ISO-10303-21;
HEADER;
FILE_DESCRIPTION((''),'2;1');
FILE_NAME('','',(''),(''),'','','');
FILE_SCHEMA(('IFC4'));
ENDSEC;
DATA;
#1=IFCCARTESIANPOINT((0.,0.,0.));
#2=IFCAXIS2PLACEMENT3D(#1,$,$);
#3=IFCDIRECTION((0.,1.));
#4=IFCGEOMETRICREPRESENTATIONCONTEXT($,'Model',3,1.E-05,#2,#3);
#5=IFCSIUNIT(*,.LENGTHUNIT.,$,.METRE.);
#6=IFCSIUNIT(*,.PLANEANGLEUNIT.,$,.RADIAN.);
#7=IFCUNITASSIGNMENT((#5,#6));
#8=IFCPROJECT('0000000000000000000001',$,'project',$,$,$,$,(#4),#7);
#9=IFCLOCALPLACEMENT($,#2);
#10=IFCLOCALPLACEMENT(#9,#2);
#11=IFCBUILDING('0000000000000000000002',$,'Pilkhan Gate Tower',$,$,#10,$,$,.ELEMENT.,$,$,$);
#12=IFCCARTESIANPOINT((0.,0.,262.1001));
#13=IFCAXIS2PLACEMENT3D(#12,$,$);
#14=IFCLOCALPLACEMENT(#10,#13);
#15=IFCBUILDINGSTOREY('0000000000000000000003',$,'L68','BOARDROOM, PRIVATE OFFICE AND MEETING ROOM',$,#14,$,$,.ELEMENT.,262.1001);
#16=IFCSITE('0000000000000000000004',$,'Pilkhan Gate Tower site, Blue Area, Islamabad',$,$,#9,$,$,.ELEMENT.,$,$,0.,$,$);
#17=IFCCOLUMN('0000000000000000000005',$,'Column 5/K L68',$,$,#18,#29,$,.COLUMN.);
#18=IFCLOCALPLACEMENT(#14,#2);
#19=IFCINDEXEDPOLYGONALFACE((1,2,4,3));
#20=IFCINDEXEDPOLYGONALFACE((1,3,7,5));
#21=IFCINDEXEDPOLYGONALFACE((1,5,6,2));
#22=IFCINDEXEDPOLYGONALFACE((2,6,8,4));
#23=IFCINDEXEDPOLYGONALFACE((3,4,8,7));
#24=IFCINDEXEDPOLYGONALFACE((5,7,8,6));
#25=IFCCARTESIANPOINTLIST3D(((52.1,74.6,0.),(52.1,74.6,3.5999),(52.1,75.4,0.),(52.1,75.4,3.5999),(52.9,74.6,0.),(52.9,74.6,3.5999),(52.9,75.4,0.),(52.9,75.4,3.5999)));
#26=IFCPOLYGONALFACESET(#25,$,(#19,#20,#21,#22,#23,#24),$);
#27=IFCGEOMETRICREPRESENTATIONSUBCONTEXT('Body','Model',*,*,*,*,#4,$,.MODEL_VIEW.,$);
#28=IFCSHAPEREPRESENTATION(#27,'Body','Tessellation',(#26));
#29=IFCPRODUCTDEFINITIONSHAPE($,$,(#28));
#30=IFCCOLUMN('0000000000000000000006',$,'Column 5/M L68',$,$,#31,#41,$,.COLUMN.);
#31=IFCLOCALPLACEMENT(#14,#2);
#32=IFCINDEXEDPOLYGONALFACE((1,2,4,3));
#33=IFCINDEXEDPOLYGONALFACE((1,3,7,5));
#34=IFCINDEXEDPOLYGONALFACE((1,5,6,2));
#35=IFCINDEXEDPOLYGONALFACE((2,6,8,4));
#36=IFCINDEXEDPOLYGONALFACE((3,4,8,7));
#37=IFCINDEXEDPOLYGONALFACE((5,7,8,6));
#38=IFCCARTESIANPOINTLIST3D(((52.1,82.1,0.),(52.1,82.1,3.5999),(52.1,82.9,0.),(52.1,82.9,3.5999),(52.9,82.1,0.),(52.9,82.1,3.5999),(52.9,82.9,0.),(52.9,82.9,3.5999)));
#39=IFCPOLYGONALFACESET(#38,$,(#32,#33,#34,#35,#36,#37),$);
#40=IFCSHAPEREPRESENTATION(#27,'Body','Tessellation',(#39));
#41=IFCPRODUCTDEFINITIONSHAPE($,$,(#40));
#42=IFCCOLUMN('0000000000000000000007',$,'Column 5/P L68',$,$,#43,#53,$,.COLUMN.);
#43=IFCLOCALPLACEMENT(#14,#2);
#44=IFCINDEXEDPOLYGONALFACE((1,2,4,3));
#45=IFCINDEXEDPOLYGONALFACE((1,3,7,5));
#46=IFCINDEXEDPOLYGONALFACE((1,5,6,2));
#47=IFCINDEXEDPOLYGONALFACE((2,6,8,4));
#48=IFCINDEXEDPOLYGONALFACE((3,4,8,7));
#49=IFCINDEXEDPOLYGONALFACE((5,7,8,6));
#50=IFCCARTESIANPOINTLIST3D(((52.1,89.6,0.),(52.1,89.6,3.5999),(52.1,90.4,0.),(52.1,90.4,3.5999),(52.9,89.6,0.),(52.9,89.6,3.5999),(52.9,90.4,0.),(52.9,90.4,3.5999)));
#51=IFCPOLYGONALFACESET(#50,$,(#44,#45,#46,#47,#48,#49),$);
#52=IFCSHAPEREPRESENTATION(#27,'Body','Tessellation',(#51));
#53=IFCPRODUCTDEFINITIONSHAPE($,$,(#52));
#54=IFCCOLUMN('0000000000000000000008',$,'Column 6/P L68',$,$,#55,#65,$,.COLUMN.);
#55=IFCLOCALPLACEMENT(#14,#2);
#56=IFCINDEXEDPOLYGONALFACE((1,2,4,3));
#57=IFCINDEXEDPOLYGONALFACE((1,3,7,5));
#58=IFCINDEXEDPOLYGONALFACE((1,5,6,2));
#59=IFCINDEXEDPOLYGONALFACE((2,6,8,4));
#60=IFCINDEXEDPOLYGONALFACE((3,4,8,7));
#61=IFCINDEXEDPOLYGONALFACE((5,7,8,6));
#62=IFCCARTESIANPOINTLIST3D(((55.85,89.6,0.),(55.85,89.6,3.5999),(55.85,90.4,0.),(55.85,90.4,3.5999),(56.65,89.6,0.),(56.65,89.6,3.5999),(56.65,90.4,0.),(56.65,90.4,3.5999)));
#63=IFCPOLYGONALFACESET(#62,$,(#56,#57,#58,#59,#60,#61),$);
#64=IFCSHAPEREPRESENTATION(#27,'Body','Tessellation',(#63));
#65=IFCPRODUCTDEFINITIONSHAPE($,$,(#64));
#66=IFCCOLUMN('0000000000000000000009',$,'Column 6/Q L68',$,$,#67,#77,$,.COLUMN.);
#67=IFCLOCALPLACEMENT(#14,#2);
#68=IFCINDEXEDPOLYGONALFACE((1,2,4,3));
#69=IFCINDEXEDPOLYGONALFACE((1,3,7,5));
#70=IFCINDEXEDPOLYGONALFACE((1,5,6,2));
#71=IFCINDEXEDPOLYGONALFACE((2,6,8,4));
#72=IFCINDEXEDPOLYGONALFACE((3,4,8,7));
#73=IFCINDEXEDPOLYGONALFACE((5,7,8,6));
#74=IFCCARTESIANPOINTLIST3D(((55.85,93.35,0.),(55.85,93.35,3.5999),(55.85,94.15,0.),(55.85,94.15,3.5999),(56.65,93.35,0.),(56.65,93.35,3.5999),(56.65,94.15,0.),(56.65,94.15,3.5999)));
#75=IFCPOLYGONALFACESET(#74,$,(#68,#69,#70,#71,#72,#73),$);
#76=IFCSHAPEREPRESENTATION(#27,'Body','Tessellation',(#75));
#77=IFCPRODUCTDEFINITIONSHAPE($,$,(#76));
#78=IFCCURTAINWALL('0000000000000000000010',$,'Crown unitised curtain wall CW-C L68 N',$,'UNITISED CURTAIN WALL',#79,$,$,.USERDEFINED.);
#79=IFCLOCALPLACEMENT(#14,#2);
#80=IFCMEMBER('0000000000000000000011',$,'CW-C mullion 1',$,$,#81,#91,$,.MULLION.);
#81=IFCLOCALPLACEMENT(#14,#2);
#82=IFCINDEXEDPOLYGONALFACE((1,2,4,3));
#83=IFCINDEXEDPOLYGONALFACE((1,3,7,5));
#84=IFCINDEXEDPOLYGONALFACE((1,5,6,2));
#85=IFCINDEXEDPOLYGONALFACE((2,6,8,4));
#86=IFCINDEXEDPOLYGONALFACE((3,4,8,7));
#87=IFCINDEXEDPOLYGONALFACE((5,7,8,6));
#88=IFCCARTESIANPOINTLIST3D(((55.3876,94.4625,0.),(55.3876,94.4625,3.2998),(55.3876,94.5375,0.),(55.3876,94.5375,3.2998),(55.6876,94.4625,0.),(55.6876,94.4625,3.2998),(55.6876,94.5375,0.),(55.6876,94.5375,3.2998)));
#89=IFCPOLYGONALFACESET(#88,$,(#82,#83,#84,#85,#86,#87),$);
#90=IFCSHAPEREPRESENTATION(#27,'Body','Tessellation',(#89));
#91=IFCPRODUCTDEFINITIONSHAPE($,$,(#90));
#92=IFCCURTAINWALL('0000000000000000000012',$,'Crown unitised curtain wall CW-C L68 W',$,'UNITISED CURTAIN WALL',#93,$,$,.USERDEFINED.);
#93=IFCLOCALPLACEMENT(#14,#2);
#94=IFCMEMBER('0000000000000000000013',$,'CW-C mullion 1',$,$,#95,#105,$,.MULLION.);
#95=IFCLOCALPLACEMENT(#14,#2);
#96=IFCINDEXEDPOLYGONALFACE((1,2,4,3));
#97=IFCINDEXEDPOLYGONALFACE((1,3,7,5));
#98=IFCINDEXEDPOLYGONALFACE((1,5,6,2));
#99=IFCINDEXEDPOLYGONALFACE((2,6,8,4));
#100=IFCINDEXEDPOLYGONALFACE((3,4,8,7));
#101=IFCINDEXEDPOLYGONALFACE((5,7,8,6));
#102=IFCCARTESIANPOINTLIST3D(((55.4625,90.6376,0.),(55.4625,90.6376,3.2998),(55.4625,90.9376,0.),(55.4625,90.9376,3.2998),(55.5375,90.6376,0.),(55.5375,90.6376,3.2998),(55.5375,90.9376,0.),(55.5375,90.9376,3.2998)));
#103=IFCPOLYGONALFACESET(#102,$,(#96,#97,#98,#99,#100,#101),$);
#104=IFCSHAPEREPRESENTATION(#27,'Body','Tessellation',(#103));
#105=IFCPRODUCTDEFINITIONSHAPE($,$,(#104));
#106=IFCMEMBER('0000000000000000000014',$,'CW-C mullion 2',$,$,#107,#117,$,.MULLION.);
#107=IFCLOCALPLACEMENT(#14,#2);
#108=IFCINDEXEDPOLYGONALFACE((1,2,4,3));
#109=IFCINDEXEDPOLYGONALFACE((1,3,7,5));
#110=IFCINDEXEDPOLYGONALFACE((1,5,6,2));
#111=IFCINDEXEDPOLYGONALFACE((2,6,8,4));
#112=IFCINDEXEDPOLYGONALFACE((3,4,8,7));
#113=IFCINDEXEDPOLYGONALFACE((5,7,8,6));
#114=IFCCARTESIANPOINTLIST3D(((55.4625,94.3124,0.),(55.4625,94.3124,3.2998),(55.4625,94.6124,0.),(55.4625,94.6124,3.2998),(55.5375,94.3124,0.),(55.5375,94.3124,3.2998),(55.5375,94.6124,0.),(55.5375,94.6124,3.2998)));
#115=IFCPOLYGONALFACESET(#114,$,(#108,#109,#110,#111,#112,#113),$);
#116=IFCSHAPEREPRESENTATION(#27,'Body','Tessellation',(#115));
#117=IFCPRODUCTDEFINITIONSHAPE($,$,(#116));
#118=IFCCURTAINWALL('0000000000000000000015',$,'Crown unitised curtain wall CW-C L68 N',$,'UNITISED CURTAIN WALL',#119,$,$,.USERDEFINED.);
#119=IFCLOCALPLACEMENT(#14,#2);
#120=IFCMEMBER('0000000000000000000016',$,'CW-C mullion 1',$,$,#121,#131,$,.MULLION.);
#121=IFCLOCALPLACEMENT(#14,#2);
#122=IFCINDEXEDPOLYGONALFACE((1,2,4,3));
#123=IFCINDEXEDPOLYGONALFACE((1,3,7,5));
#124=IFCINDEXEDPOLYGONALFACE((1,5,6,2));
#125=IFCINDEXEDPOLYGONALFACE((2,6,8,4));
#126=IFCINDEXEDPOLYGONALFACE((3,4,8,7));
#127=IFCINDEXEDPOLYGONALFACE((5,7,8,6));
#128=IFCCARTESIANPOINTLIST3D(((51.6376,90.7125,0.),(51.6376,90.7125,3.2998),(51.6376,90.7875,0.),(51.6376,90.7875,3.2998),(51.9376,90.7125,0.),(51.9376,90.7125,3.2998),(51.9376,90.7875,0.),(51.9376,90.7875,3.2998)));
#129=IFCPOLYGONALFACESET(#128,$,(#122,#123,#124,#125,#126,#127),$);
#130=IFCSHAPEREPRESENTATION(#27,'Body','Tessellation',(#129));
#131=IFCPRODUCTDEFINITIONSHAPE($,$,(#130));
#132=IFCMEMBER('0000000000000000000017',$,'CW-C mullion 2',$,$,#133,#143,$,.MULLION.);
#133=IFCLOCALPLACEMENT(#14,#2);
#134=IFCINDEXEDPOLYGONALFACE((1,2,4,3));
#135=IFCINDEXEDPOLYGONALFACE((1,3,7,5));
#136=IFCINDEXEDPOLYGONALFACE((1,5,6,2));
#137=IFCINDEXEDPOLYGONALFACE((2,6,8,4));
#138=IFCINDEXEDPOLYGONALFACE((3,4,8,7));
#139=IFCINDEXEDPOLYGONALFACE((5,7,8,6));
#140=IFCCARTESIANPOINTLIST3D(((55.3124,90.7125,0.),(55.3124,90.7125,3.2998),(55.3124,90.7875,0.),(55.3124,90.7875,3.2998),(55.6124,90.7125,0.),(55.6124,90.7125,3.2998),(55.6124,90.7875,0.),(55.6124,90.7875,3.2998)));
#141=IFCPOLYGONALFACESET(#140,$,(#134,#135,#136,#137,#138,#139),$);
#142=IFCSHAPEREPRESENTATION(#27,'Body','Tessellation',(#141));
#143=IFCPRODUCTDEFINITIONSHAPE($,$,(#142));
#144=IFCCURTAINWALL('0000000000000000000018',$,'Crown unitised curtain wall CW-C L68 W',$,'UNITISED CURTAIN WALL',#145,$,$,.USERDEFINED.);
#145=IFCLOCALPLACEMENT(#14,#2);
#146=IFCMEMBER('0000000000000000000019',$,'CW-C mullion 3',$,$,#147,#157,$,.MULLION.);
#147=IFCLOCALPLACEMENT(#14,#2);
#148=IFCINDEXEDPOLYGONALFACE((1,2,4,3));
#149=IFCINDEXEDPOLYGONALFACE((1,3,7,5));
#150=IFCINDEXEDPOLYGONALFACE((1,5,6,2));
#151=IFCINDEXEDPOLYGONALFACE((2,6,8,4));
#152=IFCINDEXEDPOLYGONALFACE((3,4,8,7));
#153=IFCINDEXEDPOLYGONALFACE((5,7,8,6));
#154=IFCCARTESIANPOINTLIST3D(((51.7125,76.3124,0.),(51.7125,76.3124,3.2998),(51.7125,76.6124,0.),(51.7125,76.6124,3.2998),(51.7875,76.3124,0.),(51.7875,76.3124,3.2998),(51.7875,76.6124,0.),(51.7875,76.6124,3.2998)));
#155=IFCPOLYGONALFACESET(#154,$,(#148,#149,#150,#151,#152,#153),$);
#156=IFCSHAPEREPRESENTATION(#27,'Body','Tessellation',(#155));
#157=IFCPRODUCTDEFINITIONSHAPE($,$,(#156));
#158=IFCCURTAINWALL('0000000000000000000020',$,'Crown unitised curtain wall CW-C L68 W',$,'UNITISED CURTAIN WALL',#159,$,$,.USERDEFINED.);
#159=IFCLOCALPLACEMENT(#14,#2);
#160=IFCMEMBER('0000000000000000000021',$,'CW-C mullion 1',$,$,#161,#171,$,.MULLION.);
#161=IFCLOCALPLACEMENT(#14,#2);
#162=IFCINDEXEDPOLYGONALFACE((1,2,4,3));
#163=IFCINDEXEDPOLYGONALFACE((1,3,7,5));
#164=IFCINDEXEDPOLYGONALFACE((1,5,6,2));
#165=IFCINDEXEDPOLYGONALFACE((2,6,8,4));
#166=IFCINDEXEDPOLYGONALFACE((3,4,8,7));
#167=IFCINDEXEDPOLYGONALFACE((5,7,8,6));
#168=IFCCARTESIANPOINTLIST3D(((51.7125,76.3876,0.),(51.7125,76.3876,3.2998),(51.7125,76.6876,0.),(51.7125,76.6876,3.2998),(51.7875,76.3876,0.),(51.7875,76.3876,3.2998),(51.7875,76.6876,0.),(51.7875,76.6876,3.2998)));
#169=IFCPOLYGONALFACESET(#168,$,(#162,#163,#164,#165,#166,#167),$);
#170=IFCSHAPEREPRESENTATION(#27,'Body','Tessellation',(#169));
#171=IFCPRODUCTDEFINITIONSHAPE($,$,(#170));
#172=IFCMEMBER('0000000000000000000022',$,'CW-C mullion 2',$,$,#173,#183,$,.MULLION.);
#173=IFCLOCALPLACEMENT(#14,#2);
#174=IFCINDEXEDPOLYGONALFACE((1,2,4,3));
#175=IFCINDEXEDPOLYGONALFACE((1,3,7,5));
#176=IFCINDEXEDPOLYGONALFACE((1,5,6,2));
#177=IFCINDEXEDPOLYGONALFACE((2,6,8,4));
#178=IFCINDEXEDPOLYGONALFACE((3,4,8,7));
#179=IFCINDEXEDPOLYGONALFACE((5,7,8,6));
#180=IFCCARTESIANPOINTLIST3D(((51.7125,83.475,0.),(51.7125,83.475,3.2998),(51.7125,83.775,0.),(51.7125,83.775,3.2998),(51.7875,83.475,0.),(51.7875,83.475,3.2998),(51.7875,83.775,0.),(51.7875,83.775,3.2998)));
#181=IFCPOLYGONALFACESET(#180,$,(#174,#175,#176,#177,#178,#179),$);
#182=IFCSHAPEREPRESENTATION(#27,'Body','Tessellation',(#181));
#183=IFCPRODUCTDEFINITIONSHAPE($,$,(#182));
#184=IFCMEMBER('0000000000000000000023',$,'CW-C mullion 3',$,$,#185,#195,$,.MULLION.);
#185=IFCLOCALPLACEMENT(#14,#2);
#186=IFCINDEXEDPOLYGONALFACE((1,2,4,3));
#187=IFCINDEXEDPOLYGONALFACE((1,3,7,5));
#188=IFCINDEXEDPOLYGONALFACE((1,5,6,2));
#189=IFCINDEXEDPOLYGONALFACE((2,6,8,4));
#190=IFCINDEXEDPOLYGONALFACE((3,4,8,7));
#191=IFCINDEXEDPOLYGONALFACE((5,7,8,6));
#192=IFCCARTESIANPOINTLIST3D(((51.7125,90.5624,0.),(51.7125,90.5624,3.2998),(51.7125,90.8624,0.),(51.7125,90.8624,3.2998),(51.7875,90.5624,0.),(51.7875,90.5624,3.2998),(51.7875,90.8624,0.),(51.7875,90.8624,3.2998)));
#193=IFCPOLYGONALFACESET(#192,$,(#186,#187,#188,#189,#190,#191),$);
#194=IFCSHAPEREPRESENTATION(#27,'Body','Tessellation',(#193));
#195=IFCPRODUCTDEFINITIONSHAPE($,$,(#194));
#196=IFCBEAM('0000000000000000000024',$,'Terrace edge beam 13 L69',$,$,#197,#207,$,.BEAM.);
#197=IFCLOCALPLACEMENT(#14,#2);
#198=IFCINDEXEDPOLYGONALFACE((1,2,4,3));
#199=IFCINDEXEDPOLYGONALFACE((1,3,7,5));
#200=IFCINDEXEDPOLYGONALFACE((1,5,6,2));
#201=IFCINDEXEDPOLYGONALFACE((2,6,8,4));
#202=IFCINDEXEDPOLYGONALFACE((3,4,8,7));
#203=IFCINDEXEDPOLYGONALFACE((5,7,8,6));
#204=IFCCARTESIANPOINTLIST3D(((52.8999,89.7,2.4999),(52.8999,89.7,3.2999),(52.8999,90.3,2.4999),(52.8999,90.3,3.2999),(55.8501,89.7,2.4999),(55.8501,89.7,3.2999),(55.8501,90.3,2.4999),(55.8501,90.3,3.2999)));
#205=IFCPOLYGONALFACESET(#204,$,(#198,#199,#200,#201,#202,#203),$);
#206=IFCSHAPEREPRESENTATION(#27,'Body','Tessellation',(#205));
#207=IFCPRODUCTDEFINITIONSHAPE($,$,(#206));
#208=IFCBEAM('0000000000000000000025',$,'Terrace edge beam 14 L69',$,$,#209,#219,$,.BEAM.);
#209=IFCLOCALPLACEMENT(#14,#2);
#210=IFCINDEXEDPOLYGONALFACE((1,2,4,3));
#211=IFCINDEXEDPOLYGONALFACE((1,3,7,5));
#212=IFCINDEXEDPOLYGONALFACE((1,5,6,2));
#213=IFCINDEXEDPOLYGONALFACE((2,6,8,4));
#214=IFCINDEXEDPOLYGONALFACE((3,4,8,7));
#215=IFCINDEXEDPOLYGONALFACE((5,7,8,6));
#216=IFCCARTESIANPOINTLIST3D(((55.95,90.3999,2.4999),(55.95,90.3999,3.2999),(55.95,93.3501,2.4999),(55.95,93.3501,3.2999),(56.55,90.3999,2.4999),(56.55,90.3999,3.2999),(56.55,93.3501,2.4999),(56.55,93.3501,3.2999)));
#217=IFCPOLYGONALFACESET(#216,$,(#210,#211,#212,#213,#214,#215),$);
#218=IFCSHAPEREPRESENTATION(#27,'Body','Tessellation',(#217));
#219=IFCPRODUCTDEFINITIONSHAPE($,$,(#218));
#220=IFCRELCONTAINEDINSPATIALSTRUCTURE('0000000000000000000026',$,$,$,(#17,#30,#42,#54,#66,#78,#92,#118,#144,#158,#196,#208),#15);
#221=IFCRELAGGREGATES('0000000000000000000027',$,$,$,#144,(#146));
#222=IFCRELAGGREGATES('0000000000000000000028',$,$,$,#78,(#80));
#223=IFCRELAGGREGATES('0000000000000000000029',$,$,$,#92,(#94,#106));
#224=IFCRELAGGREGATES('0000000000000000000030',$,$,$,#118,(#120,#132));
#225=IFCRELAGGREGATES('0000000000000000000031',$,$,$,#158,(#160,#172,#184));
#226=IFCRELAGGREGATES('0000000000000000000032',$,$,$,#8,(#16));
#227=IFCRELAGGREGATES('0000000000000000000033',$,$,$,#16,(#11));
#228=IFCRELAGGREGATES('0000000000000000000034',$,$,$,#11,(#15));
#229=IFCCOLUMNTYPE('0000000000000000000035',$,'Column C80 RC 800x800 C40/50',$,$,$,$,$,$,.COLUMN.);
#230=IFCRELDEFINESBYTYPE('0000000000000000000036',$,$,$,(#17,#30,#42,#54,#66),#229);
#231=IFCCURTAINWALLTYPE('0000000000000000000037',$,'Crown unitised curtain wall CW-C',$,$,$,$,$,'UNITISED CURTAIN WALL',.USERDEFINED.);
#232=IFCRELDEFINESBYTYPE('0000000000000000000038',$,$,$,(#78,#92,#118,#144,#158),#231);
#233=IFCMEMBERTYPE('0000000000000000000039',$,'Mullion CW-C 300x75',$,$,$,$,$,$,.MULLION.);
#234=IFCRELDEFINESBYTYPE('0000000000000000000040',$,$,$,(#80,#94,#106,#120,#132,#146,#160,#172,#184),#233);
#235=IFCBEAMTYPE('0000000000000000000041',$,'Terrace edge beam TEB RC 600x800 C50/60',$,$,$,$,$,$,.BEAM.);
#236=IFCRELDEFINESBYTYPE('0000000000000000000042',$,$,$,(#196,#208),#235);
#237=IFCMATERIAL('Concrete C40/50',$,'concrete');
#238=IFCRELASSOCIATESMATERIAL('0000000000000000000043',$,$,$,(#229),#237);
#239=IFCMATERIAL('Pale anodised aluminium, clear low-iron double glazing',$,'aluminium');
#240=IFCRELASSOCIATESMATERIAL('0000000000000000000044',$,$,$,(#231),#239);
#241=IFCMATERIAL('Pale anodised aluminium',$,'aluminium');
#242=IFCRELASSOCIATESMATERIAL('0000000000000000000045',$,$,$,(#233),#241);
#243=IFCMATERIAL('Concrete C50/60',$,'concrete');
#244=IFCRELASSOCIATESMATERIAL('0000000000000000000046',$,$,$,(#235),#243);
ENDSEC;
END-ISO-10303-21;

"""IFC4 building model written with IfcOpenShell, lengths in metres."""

from ifc_helpers import new_model, si_unit, direction, frame, origin, origin_2d, place, context, subcontext, project, spatial, rectangle, extrude, material, material_profile, profile_set, type_object, element, aggregate, save


model = new_model("IFC4")

# Units and contexts
model_context = context("Model", 3, precision=1e-05, world=origin(), true_north=direction((0.0, 1.0)))
body_context = subcontext(model_context, "Body", "Model", "MODEL_VIEW")
ifc_project = project(units=[si_unit("LENGTHUNIT", "METRE"), si_unit("PLANEANGLEUNIT", "RADIAN")], contexts=[model_context])

# Site, building, storey
site_placement = place(None, origin())
site = spatial("IfcSite", under=ifc_project, at=site_placement, Name="Pilkhan Gate Tower site, Blue Area, Islamabad", CompositionType="ELEMENT", RefElevation=0.0)
building_placement = place(site_placement, origin())
building = spatial("IfcBuilding", under=site, at=building_placement, Name="Pilkhan Gate Tower", CompositionType="ELEMENT")
storey_placement = place(building_placement, frame((0.0, 0.0, 262.1001)))
storey = spatial("IfcBuildingStorey", under=building, at=storey_placement, Name="L68", Description="BOARDROOM, PRIVATE OFFICE AND MEETING ROOM", CompositionType="ELEMENT", Elevation=262.1001)

# Columns
ifc_material_1 = material(Name="Concrete C40/50", Category="concrete")
ifc_material_profile_1 = material_profile(ifc_material_1, rectangle(XDim=0.8, YDim=0.8, at=origin_2d()), Name="RC 800x800")
ifc_profile_set_1 = profile_set([ifc_material_profile_1], Name="Concrete C40/50")
column_type = type_object("IfcColumnType", Name="Column C80 RC 800x800 C40/50", PredefinedType="COLUMN", material=ifc_profile_set_1)
for number, where, z_axis, x_axis, name in (
    (1, (52.5, 75.0, 0.0), (0.0, 0.0, 1.0), (1.0, 0.0, 0.0), "Column 5/K L68"),
    (2, (52.5, 82.5, 0.0), (0.0, 0.0, 1.0), (1.0, 0.0, 0.0), "Column 5/M L68"),
    (3, (52.5, 90.0, 0.0), (0.0, 0.0, 1.0), (1.0, 0.0, 0.0), "Column 5/P L68"),
    (4, (56.25, 90.0, 0.0), (0.0, 0.0, 1.0), (1.0, 0.0, 0.0), "Column 6/P L68"),
    (5, (56.25, 93.75, 0.0), (0.0, 0.0, 1.0), (1.0, 0.0, 0.0), "Column 6/Q L68"),
):
    element("IfcColumn", number, at=place(storey_placement, frame(where, z_axis=z_axis, x_axis=x_axis)), inside=storey, type_object=column_type, Name=name, PredefinedType="COLUMN", context=body_context, shape_type="SweptSolid", body=[
        extrude(rectangle(XDim=0.8, YDim=0.8, at=origin_2d()), origin(), (0.0, 0.0, 1.0), 3.5999),
    ])

# Curtain wall, member
ifc_material_2 = material(Name="Pale anodised aluminium, clear low-iron double glazing", Category="aluminium")
curtain_wall_type = type_object("IfcCurtainWallType", Name="Crown unitised curtain wall CW-C", ElementType="UNITISED CURTAIN WALL", PredefinedType="USERDEFINED", material=ifc_material_2)
curtain_wall_1_placement = place(storey_placement, origin())
curtain_wall_1 = element("IfcCurtainWall", 6, at=curtain_wall_1_placement, inside=storey, type_object=curtain_wall_type, Name="Crown unitised curtain wall CW-C L68 N", ObjectType="UNITISED CURTAIN WALL", PredefinedType="USERDEFINED")
ifc_material_3 = material(Name="Pale anodised aluminium", Category="aluminium")
ifc_material_profile_2 = material_profile(ifc_material_3, rectangle(XDim=0.075, YDim=0.3, at=origin_2d()), Name="Mullion 300x75")
ifc_profile_set_2 = profile_set([ifc_material_profile_2], Name="Pale anodised aluminium")
member_type_1 = type_object("IfcMemberType", Name="Mullion CW-C 300x75", PredefinedType="MULLION", material=ifc_profile_set_2)
member_1_placement = place(storey_placement, frame((55.5376, 94.5, 0.0), z_axis=(0.0, 0.0, 1.0), x_axis=(0.0, 1.0, 0.0)))
member_1 = element("IfcMember", 7, at=member_1_placement, type_object=member_type_1, Name="CW-C mullion 1", PredefinedType="MULLION", context=body_context, shape_type="SweptSolid", body=[
    extrude(rectangle(XDim=0.075, YDim=0.3, at=origin_2d()), origin(), (0.0, 0.0, 1.0), 3.2998),
])

# Curtain walls, members
curtain_wall_2_placement = place(storey_placement, origin())
curtain_wall_2 = element("IfcCurtainWall", 8, at=curtain_wall_2_placement, inside=storey, type_object=curtain_wall_type, Name="Crown unitised curtain wall CW-C L68 W", ObjectType="UNITISED CURTAIN WALL", PredefinedType="USERDEFINED")
member_2_placement = place(storey_placement, frame((55.5, 90.7876, 0.0), z_axis=(0.0, 0.0, 1.0), x_axis=(-1.0, 0.0, 0.0)))
member_2 = element("IfcMember", 9, at=member_2_placement, type_object=member_type_1, Name="CW-C mullion 1", PredefinedType="MULLION", context=body_context, shape_type="SweptSolid", body=[
    extrude(rectangle(XDim=0.075, YDim=0.3, at=origin_2d()), origin(), (0.0, 0.0, 1.0), 3.2998),
])
member_3_placement = place(storey_placement, frame((55.5, 94.4624, 0.0), z_axis=(0.0, 0.0, 1.0), x_axis=(-1.0, 0.0, 0.0)))
member_3 = element("IfcMember", 10, at=member_3_placement, type_object=member_type_1, Name="CW-C mullion 2", PredefinedType="MULLION", context=body_context, shape_type="SweptSolid", body=[
    extrude(rectangle(XDim=0.075, YDim=0.3, at=origin_2d()), origin(), (0.0, 0.0, 1.0), 3.2998),
])
curtain_wall_3_placement = place(storey_placement, origin())
curtain_wall_3 = element("IfcCurtainWall", 11, at=curtain_wall_3_placement, inside=storey, type_object=curtain_wall_type, Name="Crown unitised curtain wall CW-C L68 N", ObjectType="UNITISED CURTAIN WALL", PredefinedType="USERDEFINED")
member_4_placement = place(storey_placement, frame((51.7876, 90.75, 0.0), z_axis=(0.0, 0.0, 1.0), x_axis=(0.0, 1.0, 0.0)))
member_4 = element("IfcMember", 12, at=member_4_placement, type_object=member_type_1, Name="CW-C mullion 1", PredefinedType="MULLION", context=body_context, shape_type="SweptSolid", body=[
    extrude(rectangle(XDim=0.075, YDim=0.3, at=origin_2d()), origin(), (0.0, 0.0, 1.0), 3.2998),
])
member_5_placement = place(storey_placement, frame((55.4624, 90.75, 0.0), z_axis=(0.0, 0.0, 1.0), x_axis=(0.0, 1.0, 0.0)))
member_5 = element("IfcMember", 13, at=member_5_placement, type_object=member_type_1, Name="CW-C mullion 2", PredefinedType="MULLION", context=body_context, shape_type="SweptSolid", body=[
    extrude(rectangle(XDim=0.075, YDim=0.3, at=origin_2d()), origin(), (0.0, 0.0, 1.0), 3.2998),
])

# Curtain wall, member
curtain_wall_4_placement = place(storey_placement, origin())
curtain_wall_4 = element("IfcCurtainWall", 14, at=curtain_wall_4_placement, inside=storey, type_object=curtain_wall_type, Name="Crown unitised curtain wall CW-C L68 W", ObjectType="UNITISED CURTAIN WALL", PredefinedType="USERDEFINED")
member_6_placement = place(storey_placement, frame((51.75, 76.4624, 0.0), z_axis=(0.0, 0.0, 1.0), x_axis=(-1.0, 0.0, 0.0)))
member_6 = element("IfcMember", 15, at=member_6_placement, type_object=member_type_1, Name="CW-C mullion 3", PredefinedType="MULLION", context=body_context, shape_type="SweptSolid", body=[
    extrude(rectangle(XDim=0.075, YDim=0.3, at=origin_2d()), origin(), (0.0, 0.0, 1.0), 3.2998),
])
aggregate(curtain_wall_4, [member_6])

# Curtain wall, members
curtain_wall_5_placement = place(storey_placement, origin())
curtain_wall_5 = element("IfcCurtainWall", 16, at=curtain_wall_5_placement, inside=storey, type_object=curtain_wall_type, Name="Crown unitised curtain wall CW-C L68 W", ObjectType="UNITISED CURTAIN WALL", PredefinedType="USERDEFINED")
member_7_placement = place(storey_placement, frame((51.75, 76.5376, 0.0), z_axis=(0.0, 0.0, 1.0), x_axis=(-1.0, 0.0, 0.0)))
member_7 = element("IfcMember", 17, at=member_7_placement, type_object=member_type_1, Name="CW-C mullion 1", PredefinedType="MULLION", context=body_context, shape_type="SweptSolid", body=[
    extrude(rectangle(XDim=0.075, YDim=0.3, at=origin_2d()), origin(), (0.0, 0.0, 1.0), 3.2998),
])
member_8_placement = place(storey_placement, frame((51.75, 83.625, 0.0), z_axis=(0.0, 0.0, 1.0), x_axis=(-1.0, 0.0, 0.0)))
member_8 = element("IfcMember", 18, at=member_8_placement, type_object=member_type_1, Name="CW-C mullion 2", PredefinedType="MULLION", context=body_context, shape_type="SweptSolid", body=[
    extrude(rectangle(XDim=0.075, YDim=0.3, at=origin_2d()), origin(), (0.0, 0.0, 1.0), 3.2998),
])
member_9_placement = place(storey_placement, frame((51.75, 90.7124, 0.0), z_axis=(0.0, 0.0, 1.0), x_axis=(-1.0, 0.0, 0.0)))
member_9 = element("IfcMember", 19, at=member_9_placement, type_object=member_type_1, Name="CW-C mullion 3", PredefinedType="MULLION", context=body_context, shape_type="SweptSolid", body=[
    extrude(rectangle(XDim=0.075, YDim=0.3, at=origin_2d()), origin(), (0.0, 0.0, 1.0), 3.2998),
])

# Beams
ifc_material_4 = material(Name="Concrete C50/60", Category="concrete")
ifc_material_profile_3 = material_profile(ifc_material_4, rectangle(XDim=0.6001, YDim=0.8, at=origin_2d()), Name="RC 600x800")
ifc_profile_set_3 = profile_set([ifc_material_profile_3], Name="Concrete C50/60")
beam_type_1 = type_object("IfcBeamType", Name="Terrace edge beam TEB RC 600x800 C50/60", PredefinedType="BEAM", material=ifc_profile_set_3)
for number, where, z_axis, x_axis, name in (
    (20, (52.8999, 90.0, 2.8999), (1.0, 0.0, 0.0), (0.0, 1.0, 0.0), "Terrace edge beam 13 L69"),
    (21, (56.25, 90.3999, 2.8999), (0.0, 1.0, 0.0), (-1.0, 0.0, 0.0), "Terrace edge beam 14 L69"),
):
    element("IfcBeam", number, at=place(storey_placement, frame(where, z_axis=z_axis, x_axis=x_axis)), inside=storey, type_object=beam_type_1, Name=name, PredefinedType="BEAM", context=body_context, shape_type="SweptSolid", body=[
        extrude(rectangle(XDim=0.6001, YDim=0.8, at=origin_2d()), origin(), (0.0, 0.0, 1.0), 2.9502),
    ])

aggregate(curtain_wall_1, [member_1])
aggregate(curtain_wall_2, [member_2, member_3])
aggregate(curtain_wall_3, [member_4, member_5])
aggregate(curtain_wall_5, [member_7, member_8, member_9])

save(model, "model.ifc")
